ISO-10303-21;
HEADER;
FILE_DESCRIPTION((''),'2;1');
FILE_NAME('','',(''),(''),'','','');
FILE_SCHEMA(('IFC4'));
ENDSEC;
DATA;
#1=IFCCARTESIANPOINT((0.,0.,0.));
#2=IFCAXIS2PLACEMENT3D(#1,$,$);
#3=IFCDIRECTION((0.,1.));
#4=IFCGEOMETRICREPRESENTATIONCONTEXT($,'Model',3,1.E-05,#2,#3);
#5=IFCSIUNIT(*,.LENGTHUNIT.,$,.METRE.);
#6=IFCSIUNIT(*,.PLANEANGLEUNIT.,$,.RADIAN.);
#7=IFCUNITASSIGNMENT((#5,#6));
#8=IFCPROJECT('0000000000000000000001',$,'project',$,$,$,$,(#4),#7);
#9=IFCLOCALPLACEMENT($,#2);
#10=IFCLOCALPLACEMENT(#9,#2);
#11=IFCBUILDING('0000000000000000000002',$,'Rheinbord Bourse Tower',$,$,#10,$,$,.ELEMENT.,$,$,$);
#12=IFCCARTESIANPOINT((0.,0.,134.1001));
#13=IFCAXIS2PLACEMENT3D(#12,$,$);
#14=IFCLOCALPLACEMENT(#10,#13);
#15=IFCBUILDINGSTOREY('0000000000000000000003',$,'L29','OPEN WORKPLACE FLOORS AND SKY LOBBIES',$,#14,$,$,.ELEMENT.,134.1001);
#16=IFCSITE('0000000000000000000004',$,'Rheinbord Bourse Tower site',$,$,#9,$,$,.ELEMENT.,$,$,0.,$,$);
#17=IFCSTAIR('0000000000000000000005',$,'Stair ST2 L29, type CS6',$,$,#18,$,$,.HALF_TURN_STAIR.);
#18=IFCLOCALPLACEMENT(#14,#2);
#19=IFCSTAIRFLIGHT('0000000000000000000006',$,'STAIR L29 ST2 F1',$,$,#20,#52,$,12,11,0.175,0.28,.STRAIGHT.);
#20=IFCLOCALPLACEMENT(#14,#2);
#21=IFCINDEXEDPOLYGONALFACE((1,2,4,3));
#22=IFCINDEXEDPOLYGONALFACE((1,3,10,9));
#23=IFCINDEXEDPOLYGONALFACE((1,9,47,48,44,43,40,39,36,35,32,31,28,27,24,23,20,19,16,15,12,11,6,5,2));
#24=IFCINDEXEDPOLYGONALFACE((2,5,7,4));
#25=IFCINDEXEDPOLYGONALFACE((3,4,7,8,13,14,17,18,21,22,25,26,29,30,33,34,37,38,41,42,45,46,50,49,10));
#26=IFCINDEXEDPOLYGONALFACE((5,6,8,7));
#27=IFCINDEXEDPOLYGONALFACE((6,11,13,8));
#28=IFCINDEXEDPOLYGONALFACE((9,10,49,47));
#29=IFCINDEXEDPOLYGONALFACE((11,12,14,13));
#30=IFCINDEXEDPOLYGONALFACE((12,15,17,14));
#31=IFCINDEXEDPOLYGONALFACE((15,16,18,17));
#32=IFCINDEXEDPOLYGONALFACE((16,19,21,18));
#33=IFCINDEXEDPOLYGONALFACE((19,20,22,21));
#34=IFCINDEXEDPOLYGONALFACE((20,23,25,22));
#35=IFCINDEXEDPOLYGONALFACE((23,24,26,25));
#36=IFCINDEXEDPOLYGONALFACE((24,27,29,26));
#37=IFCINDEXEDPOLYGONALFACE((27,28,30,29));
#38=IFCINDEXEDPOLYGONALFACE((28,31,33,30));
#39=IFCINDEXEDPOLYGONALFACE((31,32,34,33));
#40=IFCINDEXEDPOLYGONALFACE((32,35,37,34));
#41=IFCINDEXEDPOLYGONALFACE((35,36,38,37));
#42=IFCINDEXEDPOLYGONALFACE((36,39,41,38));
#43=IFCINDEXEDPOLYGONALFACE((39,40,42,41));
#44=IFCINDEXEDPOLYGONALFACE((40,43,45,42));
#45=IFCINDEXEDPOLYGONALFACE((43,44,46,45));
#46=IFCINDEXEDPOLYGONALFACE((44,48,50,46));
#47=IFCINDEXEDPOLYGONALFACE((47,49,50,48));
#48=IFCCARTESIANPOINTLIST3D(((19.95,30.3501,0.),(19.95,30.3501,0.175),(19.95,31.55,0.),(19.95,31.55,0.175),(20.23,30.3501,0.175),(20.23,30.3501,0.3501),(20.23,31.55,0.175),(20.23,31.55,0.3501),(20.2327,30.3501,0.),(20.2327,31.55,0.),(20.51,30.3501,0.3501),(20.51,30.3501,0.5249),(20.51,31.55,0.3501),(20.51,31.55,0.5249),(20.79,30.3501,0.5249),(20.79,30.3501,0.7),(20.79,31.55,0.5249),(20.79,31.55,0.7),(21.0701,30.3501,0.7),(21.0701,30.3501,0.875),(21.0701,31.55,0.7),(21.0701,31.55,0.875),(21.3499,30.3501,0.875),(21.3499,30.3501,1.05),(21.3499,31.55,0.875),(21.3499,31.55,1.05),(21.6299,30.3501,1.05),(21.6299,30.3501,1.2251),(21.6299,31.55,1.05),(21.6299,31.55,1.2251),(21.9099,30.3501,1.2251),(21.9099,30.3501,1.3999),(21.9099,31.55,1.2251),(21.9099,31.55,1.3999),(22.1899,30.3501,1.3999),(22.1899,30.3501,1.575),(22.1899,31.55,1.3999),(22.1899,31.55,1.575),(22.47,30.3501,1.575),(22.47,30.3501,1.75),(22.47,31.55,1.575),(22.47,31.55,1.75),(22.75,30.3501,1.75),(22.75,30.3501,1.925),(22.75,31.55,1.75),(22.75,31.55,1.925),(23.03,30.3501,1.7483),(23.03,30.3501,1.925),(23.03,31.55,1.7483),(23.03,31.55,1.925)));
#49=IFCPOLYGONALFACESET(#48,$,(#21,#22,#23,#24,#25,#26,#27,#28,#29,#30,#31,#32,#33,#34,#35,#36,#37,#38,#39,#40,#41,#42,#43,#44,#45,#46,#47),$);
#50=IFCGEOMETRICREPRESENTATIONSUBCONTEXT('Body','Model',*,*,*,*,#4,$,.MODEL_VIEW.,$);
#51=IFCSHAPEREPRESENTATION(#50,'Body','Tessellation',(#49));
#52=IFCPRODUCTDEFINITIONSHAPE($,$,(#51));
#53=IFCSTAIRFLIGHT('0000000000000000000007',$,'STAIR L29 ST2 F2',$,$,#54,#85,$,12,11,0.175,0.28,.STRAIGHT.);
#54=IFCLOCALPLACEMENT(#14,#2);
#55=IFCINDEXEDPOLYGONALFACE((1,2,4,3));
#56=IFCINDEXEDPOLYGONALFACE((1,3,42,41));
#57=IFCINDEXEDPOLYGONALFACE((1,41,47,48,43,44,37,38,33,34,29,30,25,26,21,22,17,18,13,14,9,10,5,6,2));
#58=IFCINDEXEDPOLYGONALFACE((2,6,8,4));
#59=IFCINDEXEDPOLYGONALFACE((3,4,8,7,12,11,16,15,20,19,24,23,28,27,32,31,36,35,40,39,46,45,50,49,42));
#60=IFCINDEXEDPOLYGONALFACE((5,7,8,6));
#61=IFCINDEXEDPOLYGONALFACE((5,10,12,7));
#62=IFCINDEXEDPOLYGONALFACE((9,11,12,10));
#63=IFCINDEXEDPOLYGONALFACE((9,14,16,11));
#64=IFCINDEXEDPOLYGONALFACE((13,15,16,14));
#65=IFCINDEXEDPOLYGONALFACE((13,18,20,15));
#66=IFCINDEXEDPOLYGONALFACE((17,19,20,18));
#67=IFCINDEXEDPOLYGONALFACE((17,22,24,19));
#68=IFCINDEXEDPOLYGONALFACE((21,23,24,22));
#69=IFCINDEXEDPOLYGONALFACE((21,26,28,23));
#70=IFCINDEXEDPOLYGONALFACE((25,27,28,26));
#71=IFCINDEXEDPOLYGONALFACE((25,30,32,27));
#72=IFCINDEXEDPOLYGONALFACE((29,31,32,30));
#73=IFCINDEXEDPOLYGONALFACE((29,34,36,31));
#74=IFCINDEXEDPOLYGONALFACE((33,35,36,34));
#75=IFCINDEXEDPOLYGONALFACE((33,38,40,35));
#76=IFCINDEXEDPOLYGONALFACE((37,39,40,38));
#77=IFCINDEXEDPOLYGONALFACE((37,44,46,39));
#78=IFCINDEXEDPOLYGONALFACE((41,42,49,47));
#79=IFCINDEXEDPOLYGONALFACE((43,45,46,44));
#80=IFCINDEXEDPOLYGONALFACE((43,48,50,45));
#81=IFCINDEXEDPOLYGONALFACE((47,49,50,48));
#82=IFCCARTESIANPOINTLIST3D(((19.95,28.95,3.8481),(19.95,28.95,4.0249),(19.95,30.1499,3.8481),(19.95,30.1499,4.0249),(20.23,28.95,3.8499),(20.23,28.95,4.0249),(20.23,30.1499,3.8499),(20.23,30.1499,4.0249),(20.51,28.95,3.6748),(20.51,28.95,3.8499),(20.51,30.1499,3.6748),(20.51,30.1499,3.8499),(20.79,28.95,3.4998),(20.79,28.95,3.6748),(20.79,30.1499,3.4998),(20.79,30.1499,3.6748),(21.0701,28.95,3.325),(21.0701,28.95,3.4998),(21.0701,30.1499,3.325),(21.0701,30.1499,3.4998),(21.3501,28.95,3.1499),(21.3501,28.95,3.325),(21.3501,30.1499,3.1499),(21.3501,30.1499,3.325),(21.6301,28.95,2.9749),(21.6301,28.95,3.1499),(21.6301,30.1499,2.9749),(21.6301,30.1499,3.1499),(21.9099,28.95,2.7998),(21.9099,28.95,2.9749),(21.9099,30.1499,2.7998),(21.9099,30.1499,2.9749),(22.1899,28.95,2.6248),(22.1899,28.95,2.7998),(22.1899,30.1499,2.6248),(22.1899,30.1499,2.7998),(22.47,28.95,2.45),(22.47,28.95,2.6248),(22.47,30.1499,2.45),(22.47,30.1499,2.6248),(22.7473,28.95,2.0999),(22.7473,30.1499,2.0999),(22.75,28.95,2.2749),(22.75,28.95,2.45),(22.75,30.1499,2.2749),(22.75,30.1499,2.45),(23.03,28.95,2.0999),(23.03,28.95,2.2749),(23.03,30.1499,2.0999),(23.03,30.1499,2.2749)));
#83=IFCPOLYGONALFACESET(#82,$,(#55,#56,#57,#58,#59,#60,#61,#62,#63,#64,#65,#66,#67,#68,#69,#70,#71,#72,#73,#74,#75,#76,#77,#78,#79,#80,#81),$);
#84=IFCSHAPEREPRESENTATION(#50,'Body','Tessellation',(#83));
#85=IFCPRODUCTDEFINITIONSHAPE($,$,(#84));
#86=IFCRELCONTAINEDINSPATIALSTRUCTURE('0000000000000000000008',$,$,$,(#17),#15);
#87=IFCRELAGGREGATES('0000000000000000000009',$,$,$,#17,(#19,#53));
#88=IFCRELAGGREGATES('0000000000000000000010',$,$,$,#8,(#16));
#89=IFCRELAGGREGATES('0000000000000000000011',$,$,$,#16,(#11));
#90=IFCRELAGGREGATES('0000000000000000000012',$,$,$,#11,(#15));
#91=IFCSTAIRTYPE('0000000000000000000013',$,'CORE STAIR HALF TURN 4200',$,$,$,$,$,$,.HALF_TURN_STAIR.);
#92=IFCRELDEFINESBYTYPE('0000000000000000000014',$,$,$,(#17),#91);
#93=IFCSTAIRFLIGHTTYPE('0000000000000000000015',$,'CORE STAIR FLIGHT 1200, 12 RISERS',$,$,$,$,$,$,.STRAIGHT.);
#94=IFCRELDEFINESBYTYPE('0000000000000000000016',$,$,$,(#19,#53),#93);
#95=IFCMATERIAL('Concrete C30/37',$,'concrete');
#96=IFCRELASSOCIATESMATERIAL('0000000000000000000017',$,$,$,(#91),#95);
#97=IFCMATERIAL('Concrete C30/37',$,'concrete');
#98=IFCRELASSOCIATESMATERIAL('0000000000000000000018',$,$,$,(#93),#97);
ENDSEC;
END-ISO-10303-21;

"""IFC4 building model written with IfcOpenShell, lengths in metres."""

from ifc_helpers import new_model, si_unit, direction, frame, origin, place, context, subcontext, project, spatial, polyline, outline, extrude, material, type_object, element, aggregate, save


model = new_model("IFC4")

# Units and contexts
model_context = context("Model", 3, precision=1e-05, world=origin(), true_north=direction((0.0, 1.0)))
body_context = subcontext(model_context, "Body", "Model", "MODEL_VIEW")
ifc_project = project(units=[si_unit("LENGTHUNIT", "METRE"), si_unit("PLANEANGLEUNIT", "RADIAN")], contexts=[model_context])

# Site, building, storey
site_placement = place(None, origin())
site = spatial("IfcSite", under=ifc_project, at=site_placement, Name="Rheinbord Bourse Tower site", CompositionType="ELEMENT", RefElevation=0.0)
building_placement = place(site_placement, origin())
building = spatial("IfcBuilding", under=site, at=building_placement, Name="Rheinbord Bourse Tower", CompositionType="ELEMENT")
storey_placement = place(building_placement, frame((0.0, 0.0, 134.1001)))
storey = spatial("IfcBuildingStorey", under=building, at=storey_placement, Name="L29", Description="OPEN WORKPLACE FLOORS AND SKY LOBBIES", CompositionType="ELEMENT", Elevation=134.1001)

# Stair, stair flights
ifc_material_1 = material(Name="Concrete C30/37", Category="concrete")
stair_type = type_object("IfcStairType", Name="CORE STAIR HALF TURN 4200", PredefinedType="HALF_TURN_STAIR", material=ifc_material_1)
stair_placement = place(storey_placement, origin())
stair = element("IfcStair", 1, at=stair_placement, inside=storey, type_object=stair_type, Name="Stair ST2 L29, type CS6", PredefinedType="HALF_TURN_STAIR")
ifc_material_2 = material(Name="Concrete C30/37", Category="concrete")
stair_flight_type = type_object("IfcStairFlightType", Name="CORE STAIR FLIGHT 1200, 12 RISERS", PredefinedType="STRAIGHT", material=ifc_material_2)
stair_flight_1_placement = place(storey_placement, frame((19.95, 30.95, 0.0), z_axis=(0.0, 0.0, 1.0), x_axis=(1.0, 0.0, 0.0)))
stair_flight_1 = element("IfcStairFlight", 2, at=stair_flight_1_placement, type_object=stair_flight_type, Name="STAIR L29 ST2 F1", NumberOfRisers=12, NumberOfTreads=11, PredefinedType="STRAIGHT", RiserHeight=0.175, TreadLength=0.28, context=body_context, shape_type="SweptSolid", body=[
    extrude(outline(polyline([(0.0, 0.0), (0.0, 0.175), (0.28, 0.175), (0.28, 0.3501), (0.5601, 0.3501), (0.5601, 0.5249), (0.8401, 0.5249), (0.8401, 0.7), (1.1201, 0.7), (1.1201, 0.875), (1.3999, 0.875), (1.3999, 1.05), (1.6799, 1.05), (1.6799, 1.2251), (1.96, 1.2251), (1.96, 1.3999), (2.24, 1.3999), (2.24, 1.575), (2.52, 1.575), (2.52, 1.75), (2.8, 1.75), (2.8, 1.925), (3.0801, 1.925), (3.0801, 2.1001), (3.0801, 1.7483), (0.2827, 0.0), (0.0, 0.0)])), frame((0.0, 0.6001, 0.0), z_axis=(0.0, -1.0, 0.0), x_axis=(1.0, 0.0, 0.0)), (0.0, 0.0, 1.0), 1.2),
])
stair_flight_2_placement = place(storey_placement, frame((23.03, 29.55, 2.0999), z_axis=(0.0, 0.0, 1.0), x_axis=(-1.0, 0.0, 0.0)))
stair_flight_2 = element("IfcStairFlight", 3, at=stair_flight_2_placement, type_object=stair_flight_type, Name="STAIR L29 ST2 F2", NumberOfRisers=12, NumberOfTreads=11, PredefinedType="STRAIGHT", RiserHeight=0.175, TreadLength=0.28, context=body_context, shape_type="SweptSolid", body=[
    extrude(outline(polyline([(0.0, 0.0), (0.0, 0.175), (0.28, 0.175), (0.28, 0.3501), (0.5601, 0.3501), (0.5601, 0.5249), (0.8401, 0.5249), (0.8401, 0.7), (1.1201, 0.7), (1.1201, 0.875), (1.3999, 0.875), (1.3999, 1.05), (1.6799, 1.05), (1.6799, 1.2251), (1.96, 1.2251), (1.96, 1.3999), (2.24, 1.3999), (2.24, 1.575), (2.52, 1.575), (2.52, 1.75), (2.8, 1.75), (2.8, 1.925), (3.0801, 1.925), (3.0801, 2.1001), (3.0801, 1.7483), (0.2827, 0.0), (0.0, 0.0)])), frame((0.0, 0.6001, 0.0), z_axis=(0.0, -1.0, 0.0), x_axis=(1.0, 0.0, 0.0)), (0.0, 0.0, 1.0), 1.2),
])
aggregate(stair, [stair_flight_1, stair_flight_2])

save(model, "model.ifc")
